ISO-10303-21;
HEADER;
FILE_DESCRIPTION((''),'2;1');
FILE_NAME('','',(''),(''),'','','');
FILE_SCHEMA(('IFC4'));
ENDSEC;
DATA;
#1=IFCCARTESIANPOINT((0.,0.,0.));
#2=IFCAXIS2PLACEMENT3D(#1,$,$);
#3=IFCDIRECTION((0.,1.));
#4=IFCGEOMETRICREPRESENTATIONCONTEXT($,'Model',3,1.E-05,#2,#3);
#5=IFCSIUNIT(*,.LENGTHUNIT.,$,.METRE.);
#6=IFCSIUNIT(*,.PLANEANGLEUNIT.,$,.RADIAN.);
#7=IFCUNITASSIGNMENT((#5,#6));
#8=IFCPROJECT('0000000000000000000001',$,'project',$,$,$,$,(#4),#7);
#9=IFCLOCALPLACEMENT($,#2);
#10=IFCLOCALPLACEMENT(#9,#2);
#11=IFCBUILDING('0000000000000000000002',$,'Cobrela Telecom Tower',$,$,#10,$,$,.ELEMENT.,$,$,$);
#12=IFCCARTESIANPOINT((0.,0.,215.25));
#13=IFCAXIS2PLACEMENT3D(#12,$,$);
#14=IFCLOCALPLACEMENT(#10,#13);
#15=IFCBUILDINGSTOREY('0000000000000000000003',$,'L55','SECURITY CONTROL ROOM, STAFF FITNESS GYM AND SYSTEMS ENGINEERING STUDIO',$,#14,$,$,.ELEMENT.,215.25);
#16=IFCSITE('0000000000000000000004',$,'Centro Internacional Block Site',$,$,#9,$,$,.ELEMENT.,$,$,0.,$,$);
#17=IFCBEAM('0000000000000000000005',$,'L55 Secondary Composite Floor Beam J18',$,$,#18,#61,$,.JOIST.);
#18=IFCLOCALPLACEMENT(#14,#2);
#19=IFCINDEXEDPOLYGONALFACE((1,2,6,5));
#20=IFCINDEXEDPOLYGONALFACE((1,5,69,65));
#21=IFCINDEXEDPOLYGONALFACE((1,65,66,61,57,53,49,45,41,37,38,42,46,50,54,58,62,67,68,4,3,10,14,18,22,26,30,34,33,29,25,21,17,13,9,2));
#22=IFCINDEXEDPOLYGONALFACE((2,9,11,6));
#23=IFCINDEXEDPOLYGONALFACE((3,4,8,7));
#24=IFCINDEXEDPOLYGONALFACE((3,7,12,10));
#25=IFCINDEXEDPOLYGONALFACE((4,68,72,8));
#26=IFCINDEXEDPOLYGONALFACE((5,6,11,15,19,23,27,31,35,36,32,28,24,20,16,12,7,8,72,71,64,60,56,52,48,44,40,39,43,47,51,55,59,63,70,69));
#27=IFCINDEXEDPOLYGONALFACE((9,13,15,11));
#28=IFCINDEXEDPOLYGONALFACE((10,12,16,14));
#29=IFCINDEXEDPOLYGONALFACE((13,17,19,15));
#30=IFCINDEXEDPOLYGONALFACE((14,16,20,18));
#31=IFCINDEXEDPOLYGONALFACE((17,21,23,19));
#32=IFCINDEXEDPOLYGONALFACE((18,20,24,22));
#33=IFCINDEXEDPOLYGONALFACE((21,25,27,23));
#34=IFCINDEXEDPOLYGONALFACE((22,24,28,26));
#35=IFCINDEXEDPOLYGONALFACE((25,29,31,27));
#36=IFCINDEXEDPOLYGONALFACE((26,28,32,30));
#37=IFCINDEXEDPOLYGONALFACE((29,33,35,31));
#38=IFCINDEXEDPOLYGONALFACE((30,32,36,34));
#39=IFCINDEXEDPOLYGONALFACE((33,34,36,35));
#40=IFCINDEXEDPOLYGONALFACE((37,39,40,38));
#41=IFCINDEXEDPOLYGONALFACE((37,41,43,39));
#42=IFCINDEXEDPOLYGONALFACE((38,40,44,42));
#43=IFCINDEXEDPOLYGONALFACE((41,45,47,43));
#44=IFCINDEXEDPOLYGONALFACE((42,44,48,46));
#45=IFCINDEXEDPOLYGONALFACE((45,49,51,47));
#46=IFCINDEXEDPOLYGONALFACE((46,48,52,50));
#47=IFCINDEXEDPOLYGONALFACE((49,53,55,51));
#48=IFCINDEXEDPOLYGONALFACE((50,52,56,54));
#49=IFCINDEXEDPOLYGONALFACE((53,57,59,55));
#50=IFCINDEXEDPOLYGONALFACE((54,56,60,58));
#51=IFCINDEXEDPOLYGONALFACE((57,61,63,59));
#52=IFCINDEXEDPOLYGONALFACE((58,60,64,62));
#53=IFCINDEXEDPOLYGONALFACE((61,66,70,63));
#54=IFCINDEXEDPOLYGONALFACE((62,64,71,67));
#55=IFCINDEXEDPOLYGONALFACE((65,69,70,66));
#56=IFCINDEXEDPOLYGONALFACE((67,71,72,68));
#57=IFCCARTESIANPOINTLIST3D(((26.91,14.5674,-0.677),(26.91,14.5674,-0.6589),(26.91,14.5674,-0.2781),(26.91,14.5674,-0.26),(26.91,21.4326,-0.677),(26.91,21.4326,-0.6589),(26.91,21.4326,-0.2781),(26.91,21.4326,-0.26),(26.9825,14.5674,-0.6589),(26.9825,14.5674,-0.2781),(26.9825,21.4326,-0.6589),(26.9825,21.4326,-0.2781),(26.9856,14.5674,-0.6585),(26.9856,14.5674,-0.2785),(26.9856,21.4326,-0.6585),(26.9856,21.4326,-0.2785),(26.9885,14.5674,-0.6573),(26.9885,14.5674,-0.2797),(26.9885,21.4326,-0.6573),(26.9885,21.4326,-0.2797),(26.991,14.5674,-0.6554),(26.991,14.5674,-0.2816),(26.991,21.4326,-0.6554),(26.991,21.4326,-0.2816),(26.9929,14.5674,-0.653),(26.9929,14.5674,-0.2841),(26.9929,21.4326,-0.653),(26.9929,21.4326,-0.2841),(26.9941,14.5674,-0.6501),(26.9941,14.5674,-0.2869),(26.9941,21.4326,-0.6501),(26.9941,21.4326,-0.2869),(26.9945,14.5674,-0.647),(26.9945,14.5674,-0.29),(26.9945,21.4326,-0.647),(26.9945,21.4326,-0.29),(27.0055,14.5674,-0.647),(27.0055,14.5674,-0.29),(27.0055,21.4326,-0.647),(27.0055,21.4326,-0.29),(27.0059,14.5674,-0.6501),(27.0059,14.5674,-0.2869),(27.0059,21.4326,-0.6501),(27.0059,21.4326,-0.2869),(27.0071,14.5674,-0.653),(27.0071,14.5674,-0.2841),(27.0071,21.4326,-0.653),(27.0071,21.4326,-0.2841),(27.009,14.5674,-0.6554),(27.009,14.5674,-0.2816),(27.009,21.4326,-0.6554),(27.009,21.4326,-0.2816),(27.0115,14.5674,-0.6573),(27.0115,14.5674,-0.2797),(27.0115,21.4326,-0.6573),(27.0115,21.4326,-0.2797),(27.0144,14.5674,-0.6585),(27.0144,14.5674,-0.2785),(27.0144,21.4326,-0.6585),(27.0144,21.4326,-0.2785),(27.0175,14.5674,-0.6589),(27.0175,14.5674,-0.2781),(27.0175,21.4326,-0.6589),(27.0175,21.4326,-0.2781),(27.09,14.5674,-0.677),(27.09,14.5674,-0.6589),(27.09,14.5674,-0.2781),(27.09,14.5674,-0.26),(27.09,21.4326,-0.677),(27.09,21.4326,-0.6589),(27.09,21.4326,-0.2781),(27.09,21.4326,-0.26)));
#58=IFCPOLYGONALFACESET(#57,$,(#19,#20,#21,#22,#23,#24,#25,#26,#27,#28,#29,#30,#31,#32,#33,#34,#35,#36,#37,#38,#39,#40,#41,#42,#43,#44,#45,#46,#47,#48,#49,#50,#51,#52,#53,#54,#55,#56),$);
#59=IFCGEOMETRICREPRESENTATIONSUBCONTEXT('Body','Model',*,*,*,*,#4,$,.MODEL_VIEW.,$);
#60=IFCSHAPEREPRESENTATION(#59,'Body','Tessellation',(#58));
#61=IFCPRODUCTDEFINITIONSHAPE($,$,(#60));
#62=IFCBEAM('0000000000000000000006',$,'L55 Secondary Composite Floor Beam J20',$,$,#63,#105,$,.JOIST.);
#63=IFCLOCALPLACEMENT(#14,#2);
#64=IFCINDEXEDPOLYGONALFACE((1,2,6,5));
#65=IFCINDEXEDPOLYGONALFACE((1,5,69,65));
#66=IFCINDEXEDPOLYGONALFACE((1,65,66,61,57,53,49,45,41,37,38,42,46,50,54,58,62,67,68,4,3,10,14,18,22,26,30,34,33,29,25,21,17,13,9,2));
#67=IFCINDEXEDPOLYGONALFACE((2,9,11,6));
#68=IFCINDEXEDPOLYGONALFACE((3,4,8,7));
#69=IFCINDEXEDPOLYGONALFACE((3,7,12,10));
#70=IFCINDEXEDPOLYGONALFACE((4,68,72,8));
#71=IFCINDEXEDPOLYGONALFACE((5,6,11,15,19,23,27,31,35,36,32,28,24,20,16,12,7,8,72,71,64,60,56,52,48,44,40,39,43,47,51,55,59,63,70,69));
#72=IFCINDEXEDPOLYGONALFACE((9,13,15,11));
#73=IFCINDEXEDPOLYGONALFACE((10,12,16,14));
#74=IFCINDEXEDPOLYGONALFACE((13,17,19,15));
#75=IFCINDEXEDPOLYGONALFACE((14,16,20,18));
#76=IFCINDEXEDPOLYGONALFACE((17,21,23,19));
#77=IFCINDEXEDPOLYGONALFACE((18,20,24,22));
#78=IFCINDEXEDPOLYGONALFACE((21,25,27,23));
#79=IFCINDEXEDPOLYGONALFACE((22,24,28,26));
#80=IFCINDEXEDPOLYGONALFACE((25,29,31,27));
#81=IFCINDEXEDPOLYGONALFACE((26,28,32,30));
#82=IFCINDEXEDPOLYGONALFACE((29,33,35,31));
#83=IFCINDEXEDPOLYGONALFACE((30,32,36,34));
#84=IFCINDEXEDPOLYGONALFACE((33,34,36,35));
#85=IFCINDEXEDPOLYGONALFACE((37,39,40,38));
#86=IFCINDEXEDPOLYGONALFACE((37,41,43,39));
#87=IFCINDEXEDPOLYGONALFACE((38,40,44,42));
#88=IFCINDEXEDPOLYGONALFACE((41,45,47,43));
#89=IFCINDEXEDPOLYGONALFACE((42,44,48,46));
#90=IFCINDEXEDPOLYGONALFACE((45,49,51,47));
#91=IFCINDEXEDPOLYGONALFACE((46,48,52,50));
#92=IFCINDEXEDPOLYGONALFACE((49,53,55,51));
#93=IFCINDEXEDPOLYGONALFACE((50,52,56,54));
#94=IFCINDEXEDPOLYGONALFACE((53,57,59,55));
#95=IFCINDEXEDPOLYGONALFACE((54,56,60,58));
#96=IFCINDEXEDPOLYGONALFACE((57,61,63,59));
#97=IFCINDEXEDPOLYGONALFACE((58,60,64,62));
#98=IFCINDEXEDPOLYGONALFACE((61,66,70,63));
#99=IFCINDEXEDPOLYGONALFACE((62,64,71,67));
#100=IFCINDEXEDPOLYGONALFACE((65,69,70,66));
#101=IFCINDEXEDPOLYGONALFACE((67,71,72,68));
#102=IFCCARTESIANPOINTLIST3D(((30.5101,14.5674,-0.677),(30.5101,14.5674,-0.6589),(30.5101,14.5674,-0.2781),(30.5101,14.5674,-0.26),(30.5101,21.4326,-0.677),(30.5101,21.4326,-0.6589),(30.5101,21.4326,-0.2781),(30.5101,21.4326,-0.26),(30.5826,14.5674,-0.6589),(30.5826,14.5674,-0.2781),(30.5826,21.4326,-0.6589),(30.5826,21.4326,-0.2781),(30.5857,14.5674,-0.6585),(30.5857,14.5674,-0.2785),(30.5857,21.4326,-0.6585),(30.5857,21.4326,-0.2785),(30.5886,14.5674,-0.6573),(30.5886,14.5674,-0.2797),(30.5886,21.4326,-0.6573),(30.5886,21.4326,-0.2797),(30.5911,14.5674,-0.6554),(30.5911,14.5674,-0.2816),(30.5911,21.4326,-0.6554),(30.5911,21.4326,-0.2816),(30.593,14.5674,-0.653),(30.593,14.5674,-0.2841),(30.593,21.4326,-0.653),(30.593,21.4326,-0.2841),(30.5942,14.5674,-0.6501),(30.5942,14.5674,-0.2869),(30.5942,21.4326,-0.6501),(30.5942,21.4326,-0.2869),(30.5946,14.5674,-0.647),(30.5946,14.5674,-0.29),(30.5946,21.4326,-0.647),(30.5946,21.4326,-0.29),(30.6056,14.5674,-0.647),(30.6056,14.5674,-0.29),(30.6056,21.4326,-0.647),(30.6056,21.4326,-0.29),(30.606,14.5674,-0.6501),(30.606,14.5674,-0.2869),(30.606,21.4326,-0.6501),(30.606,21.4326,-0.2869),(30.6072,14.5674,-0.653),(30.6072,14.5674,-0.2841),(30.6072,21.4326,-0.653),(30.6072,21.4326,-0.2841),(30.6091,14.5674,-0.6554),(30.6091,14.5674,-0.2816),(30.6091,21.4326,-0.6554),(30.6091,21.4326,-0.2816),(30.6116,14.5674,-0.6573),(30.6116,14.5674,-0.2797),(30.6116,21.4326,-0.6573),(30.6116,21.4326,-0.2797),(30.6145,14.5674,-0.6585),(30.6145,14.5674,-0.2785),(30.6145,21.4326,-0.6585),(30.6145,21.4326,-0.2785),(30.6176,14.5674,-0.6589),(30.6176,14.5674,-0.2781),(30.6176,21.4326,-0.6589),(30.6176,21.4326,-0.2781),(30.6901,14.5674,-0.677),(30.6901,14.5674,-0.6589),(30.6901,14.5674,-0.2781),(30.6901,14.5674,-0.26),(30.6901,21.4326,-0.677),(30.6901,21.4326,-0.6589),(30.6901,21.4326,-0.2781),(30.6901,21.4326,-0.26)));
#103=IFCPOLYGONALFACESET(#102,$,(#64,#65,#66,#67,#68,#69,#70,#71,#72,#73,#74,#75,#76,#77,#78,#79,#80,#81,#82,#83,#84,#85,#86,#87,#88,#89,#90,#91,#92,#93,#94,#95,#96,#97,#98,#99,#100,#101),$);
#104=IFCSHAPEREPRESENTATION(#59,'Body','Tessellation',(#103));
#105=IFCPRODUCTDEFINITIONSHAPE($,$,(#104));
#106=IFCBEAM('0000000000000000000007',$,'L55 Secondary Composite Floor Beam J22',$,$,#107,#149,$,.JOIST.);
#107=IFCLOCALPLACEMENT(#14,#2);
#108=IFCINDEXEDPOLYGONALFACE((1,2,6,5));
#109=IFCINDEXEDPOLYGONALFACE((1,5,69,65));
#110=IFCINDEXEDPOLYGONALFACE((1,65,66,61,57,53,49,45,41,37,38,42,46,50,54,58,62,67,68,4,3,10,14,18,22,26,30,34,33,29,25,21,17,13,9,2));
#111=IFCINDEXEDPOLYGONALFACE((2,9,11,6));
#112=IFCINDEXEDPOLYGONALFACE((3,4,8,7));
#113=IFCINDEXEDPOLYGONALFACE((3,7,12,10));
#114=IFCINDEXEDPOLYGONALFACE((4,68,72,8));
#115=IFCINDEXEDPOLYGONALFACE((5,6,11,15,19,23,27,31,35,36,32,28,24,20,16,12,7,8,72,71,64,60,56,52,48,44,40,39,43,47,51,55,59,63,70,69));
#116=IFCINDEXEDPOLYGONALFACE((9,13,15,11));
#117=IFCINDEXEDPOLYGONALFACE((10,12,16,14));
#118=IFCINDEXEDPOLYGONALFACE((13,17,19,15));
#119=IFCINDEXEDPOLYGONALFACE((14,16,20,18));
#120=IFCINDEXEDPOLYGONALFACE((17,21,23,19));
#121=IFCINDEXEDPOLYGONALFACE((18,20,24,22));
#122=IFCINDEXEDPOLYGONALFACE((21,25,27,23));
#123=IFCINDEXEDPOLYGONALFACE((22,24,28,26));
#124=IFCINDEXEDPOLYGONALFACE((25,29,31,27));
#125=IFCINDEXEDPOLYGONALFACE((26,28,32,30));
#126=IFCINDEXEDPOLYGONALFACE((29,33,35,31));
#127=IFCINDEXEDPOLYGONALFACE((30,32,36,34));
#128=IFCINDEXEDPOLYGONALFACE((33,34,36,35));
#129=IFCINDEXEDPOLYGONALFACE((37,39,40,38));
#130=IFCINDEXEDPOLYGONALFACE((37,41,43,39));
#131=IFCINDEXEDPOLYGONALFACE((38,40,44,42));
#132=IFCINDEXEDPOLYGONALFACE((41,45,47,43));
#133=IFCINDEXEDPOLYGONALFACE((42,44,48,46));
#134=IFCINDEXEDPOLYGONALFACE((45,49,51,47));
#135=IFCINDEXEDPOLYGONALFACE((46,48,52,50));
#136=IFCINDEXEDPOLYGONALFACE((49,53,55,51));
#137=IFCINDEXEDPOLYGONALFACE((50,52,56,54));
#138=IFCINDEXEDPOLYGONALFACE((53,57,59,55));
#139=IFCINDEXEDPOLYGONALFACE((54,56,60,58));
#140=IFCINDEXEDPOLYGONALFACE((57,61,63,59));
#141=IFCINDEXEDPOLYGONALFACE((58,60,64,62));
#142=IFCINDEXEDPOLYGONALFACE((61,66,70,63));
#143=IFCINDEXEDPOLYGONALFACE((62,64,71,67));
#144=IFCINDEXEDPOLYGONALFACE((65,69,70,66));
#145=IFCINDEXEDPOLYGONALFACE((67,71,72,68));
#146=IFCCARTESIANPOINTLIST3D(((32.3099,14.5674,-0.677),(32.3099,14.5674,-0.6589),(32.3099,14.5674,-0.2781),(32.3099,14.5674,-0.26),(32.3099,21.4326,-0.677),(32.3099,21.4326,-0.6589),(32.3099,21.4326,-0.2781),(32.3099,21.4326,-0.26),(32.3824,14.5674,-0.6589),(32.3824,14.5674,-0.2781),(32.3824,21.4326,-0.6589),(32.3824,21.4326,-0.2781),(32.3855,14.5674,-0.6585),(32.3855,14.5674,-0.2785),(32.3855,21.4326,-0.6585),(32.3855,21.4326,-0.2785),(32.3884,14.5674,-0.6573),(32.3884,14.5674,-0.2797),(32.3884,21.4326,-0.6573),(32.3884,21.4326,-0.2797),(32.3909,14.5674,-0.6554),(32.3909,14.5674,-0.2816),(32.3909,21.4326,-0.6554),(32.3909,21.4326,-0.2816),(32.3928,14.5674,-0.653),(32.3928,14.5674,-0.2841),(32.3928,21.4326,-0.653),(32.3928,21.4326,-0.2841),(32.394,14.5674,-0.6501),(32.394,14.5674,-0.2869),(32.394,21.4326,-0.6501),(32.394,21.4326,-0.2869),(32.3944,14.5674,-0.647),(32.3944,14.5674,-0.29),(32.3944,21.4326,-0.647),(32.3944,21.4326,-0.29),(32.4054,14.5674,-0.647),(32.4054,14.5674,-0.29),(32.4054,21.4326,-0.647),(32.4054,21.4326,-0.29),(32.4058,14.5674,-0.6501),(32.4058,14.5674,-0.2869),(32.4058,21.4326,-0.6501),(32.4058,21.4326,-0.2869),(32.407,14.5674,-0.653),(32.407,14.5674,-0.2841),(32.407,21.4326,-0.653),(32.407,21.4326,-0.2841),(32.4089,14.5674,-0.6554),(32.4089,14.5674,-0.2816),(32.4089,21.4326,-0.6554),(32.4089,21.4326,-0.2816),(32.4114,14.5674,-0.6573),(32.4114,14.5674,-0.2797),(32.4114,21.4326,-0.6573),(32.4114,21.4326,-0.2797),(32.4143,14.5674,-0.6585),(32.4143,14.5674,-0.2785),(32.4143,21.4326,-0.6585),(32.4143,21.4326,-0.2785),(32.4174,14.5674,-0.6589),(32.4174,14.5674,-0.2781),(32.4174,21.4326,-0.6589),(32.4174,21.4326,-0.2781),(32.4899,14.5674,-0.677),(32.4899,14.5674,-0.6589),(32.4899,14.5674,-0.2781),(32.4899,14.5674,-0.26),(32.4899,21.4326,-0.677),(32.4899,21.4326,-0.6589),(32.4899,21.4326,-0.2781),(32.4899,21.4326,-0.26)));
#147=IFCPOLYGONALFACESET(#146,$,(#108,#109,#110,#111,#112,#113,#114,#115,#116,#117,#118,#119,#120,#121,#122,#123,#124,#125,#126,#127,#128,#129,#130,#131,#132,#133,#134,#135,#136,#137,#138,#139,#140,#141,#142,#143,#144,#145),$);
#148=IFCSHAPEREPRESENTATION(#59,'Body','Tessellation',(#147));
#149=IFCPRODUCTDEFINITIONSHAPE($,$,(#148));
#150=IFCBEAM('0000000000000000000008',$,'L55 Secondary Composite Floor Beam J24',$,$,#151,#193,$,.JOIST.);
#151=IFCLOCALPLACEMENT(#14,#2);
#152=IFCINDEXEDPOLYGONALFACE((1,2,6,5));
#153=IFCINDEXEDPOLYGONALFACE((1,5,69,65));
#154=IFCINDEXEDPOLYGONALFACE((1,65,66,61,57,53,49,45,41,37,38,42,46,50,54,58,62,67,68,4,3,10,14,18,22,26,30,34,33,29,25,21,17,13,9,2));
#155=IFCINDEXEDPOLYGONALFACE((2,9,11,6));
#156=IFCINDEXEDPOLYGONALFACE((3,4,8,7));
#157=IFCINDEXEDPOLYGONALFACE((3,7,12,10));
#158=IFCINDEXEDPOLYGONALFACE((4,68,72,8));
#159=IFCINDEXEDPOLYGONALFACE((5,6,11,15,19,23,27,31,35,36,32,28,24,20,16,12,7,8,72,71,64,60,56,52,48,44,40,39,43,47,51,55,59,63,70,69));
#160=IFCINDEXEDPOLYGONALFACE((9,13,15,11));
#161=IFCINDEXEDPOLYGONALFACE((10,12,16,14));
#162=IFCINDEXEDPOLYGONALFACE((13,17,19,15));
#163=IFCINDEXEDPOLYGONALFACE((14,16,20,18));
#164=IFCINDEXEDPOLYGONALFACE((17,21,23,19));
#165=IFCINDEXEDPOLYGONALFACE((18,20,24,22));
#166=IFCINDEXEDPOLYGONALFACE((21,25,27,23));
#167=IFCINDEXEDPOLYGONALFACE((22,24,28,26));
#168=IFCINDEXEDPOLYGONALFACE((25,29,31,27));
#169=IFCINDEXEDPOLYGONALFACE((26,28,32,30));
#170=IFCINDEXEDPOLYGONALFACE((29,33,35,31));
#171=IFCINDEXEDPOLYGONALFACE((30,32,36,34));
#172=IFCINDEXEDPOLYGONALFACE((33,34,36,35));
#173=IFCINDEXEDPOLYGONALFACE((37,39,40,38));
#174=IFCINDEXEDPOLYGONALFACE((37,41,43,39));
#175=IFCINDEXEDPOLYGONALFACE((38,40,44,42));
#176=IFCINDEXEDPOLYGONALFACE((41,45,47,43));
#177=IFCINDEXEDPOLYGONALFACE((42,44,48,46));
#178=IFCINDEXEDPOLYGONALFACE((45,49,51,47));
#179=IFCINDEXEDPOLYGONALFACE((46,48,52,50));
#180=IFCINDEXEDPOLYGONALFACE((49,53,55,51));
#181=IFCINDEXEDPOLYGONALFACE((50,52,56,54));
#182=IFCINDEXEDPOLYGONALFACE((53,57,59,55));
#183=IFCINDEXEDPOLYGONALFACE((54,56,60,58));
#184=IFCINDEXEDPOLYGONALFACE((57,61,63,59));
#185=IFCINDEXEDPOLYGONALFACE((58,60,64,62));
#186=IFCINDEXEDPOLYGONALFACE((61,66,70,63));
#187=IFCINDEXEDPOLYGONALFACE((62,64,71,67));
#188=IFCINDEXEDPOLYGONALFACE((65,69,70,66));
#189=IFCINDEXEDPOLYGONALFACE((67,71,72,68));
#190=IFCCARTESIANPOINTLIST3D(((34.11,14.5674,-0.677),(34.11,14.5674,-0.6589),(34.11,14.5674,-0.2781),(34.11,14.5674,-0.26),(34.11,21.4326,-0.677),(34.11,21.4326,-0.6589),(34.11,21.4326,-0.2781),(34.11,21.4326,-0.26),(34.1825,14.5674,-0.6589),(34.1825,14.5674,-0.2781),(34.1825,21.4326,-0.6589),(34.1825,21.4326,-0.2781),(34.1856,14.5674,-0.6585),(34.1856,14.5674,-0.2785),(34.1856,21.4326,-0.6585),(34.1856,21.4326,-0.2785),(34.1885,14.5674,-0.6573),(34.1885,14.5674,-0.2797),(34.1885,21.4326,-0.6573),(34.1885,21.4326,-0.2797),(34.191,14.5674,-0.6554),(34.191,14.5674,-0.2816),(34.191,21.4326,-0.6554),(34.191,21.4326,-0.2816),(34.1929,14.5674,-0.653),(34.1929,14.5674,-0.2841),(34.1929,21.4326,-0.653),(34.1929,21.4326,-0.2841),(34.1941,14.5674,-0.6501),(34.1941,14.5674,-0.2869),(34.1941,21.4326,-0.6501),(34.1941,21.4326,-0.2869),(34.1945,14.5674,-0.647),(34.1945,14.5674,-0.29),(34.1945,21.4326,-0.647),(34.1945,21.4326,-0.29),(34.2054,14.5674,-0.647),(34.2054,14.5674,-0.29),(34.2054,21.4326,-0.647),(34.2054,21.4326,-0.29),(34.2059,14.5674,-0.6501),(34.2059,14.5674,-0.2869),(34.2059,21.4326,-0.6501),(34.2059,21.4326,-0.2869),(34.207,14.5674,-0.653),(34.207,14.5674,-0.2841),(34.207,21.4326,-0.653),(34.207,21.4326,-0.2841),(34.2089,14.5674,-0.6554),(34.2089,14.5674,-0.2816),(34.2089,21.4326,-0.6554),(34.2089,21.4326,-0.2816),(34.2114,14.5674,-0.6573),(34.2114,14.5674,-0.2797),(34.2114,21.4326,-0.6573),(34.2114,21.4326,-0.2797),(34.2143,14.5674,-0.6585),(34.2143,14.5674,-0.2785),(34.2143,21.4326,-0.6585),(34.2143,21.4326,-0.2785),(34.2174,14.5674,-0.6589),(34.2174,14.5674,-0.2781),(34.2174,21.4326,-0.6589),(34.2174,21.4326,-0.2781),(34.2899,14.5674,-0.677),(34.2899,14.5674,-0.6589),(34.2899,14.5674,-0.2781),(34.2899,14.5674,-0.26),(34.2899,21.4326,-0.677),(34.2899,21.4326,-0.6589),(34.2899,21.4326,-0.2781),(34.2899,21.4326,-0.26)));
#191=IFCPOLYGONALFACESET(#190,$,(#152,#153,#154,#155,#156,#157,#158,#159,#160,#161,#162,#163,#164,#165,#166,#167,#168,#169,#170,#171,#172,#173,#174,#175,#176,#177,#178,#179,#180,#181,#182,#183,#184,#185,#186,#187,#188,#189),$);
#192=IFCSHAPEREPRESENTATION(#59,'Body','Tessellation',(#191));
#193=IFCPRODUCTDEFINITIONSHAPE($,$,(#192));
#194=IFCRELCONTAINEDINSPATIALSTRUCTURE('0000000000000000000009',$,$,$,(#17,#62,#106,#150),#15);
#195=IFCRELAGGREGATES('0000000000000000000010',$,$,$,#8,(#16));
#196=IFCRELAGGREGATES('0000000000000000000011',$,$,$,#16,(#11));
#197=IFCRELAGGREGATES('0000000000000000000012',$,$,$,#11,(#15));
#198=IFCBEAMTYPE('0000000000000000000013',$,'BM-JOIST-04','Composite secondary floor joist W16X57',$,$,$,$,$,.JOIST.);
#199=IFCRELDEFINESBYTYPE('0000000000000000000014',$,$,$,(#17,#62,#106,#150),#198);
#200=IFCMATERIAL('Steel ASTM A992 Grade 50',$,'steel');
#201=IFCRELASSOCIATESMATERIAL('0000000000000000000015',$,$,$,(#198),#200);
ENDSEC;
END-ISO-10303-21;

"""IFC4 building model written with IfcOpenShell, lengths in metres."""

from ifc_helpers import new_model, si_unit, direction, frame, origin, origin_2d, place, context, subcontext, project, spatial, i_section, extrude, material, material_profile, profile_set, type_object, element, save


model = new_model("IFC4")

# Units and contexts
model_context = context("Model", 3, precision=1e-05, world=origin(), true_north=direction((0.0, 1.0)))
body_context = subcontext(model_context, "Body", "Model", "MODEL_VIEW")
ifc_project = project(units=[si_unit("LENGTHUNIT", "METRE"), si_unit("PLANEANGLEUNIT", "RADIAN")], contexts=[model_context])

# Site, building, storey
site_placement = place(None, origin())
site = spatial("IfcSite", under=ifc_project, at=site_placement, Name="Centro Internacional Block Site", CompositionType="ELEMENT", RefElevation=0.0)
building_placement = place(site_placement, origin())
building = spatial("IfcBuilding", under=site, at=building_placement, Name="Cobrela Telecom Tower", CompositionType="ELEMENT")
storey_placement = place(building_placement, frame((0.0, 0.0, 215.25)))
storey = spatial("IfcBuildingStorey", under=building, at=storey_placement, Name="L55", Description="SECURITY CONTROL ROOM, STAFF FITNESS GYM AND SYSTEMS ENGINEERING STUDIO", CompositionType="ELEMENT", Elevation=215.25)

# Shared definitions
ifc_material_1 = material(Name="Steel ASTM A992 Grade 50", Category="steel")

# Beams
ifc_material_profile_1 = material_profile(ifc_material_1, i_section(OverallWidth=0.1799, OverallDepth=0.417, WebThickness=0.011, FlangeThickness=0.0181, FilletRadius=0.012, at=origin_2d()), Name="W16X57")
ifc_profile_set_1 = profile_set([ifc_material_profile_1], Name="Steel ASTM A992 Grade 50")
beam_type_1 = type_object("IfcBeamType", Name="BM-JOIST-04", Description="Composite secondary floor joist W16X57", PredefinedType="JOIST", material=ifc_profile_set_1)
for number, where, z_axis, x_axis, name in (
    (1, (27.0, 14.5674, -0.4685), (0.0, 1.0, 0.0), (-1.0, 0.0, 0.0), "L55 Secondary Composite Floor Beam J18"),
    (2, (30.6001, 14.5674, -0.4685), (0.0, 1.0, 0.0), (-1.0, 0.0, 0.0), "L55 Secondary Composite Floor Beam J20"),
    (3, (32.3999, 14.5674, -0.4685), (0.0, 1.0, 0.0), (-1.0, 0.0, 0.0), "L55 Secondary Composite Floor Beam J22"),
    (4, (34.2, 14.5674, -0.4685), (0.0, 1.0, 0.0), (-1.0, 0.0, 0.0), "L55 Secondary Composite Floor Beam J24"),
):
    element("IfcBeam", number, at=place(storey_placement, frame(where, z_axis=z_axis, x_axis=x_axis)), inside=storey, type_object=beam_type_1, Name=name, PredefinedType="JOIST", context=body_context, shape_type="SweptSolid", body=[
        extrude(i_section(OverallWidth=0.1799, OverallDepth=0.417, WebThickness=0.011, FlangeThickness=0.0181, FilletRadius=0.012, at=origin_2d()), origin(), (0.0, 0.0, 1.0), 6.8652),
    ])

save(model, "model.ifc")
